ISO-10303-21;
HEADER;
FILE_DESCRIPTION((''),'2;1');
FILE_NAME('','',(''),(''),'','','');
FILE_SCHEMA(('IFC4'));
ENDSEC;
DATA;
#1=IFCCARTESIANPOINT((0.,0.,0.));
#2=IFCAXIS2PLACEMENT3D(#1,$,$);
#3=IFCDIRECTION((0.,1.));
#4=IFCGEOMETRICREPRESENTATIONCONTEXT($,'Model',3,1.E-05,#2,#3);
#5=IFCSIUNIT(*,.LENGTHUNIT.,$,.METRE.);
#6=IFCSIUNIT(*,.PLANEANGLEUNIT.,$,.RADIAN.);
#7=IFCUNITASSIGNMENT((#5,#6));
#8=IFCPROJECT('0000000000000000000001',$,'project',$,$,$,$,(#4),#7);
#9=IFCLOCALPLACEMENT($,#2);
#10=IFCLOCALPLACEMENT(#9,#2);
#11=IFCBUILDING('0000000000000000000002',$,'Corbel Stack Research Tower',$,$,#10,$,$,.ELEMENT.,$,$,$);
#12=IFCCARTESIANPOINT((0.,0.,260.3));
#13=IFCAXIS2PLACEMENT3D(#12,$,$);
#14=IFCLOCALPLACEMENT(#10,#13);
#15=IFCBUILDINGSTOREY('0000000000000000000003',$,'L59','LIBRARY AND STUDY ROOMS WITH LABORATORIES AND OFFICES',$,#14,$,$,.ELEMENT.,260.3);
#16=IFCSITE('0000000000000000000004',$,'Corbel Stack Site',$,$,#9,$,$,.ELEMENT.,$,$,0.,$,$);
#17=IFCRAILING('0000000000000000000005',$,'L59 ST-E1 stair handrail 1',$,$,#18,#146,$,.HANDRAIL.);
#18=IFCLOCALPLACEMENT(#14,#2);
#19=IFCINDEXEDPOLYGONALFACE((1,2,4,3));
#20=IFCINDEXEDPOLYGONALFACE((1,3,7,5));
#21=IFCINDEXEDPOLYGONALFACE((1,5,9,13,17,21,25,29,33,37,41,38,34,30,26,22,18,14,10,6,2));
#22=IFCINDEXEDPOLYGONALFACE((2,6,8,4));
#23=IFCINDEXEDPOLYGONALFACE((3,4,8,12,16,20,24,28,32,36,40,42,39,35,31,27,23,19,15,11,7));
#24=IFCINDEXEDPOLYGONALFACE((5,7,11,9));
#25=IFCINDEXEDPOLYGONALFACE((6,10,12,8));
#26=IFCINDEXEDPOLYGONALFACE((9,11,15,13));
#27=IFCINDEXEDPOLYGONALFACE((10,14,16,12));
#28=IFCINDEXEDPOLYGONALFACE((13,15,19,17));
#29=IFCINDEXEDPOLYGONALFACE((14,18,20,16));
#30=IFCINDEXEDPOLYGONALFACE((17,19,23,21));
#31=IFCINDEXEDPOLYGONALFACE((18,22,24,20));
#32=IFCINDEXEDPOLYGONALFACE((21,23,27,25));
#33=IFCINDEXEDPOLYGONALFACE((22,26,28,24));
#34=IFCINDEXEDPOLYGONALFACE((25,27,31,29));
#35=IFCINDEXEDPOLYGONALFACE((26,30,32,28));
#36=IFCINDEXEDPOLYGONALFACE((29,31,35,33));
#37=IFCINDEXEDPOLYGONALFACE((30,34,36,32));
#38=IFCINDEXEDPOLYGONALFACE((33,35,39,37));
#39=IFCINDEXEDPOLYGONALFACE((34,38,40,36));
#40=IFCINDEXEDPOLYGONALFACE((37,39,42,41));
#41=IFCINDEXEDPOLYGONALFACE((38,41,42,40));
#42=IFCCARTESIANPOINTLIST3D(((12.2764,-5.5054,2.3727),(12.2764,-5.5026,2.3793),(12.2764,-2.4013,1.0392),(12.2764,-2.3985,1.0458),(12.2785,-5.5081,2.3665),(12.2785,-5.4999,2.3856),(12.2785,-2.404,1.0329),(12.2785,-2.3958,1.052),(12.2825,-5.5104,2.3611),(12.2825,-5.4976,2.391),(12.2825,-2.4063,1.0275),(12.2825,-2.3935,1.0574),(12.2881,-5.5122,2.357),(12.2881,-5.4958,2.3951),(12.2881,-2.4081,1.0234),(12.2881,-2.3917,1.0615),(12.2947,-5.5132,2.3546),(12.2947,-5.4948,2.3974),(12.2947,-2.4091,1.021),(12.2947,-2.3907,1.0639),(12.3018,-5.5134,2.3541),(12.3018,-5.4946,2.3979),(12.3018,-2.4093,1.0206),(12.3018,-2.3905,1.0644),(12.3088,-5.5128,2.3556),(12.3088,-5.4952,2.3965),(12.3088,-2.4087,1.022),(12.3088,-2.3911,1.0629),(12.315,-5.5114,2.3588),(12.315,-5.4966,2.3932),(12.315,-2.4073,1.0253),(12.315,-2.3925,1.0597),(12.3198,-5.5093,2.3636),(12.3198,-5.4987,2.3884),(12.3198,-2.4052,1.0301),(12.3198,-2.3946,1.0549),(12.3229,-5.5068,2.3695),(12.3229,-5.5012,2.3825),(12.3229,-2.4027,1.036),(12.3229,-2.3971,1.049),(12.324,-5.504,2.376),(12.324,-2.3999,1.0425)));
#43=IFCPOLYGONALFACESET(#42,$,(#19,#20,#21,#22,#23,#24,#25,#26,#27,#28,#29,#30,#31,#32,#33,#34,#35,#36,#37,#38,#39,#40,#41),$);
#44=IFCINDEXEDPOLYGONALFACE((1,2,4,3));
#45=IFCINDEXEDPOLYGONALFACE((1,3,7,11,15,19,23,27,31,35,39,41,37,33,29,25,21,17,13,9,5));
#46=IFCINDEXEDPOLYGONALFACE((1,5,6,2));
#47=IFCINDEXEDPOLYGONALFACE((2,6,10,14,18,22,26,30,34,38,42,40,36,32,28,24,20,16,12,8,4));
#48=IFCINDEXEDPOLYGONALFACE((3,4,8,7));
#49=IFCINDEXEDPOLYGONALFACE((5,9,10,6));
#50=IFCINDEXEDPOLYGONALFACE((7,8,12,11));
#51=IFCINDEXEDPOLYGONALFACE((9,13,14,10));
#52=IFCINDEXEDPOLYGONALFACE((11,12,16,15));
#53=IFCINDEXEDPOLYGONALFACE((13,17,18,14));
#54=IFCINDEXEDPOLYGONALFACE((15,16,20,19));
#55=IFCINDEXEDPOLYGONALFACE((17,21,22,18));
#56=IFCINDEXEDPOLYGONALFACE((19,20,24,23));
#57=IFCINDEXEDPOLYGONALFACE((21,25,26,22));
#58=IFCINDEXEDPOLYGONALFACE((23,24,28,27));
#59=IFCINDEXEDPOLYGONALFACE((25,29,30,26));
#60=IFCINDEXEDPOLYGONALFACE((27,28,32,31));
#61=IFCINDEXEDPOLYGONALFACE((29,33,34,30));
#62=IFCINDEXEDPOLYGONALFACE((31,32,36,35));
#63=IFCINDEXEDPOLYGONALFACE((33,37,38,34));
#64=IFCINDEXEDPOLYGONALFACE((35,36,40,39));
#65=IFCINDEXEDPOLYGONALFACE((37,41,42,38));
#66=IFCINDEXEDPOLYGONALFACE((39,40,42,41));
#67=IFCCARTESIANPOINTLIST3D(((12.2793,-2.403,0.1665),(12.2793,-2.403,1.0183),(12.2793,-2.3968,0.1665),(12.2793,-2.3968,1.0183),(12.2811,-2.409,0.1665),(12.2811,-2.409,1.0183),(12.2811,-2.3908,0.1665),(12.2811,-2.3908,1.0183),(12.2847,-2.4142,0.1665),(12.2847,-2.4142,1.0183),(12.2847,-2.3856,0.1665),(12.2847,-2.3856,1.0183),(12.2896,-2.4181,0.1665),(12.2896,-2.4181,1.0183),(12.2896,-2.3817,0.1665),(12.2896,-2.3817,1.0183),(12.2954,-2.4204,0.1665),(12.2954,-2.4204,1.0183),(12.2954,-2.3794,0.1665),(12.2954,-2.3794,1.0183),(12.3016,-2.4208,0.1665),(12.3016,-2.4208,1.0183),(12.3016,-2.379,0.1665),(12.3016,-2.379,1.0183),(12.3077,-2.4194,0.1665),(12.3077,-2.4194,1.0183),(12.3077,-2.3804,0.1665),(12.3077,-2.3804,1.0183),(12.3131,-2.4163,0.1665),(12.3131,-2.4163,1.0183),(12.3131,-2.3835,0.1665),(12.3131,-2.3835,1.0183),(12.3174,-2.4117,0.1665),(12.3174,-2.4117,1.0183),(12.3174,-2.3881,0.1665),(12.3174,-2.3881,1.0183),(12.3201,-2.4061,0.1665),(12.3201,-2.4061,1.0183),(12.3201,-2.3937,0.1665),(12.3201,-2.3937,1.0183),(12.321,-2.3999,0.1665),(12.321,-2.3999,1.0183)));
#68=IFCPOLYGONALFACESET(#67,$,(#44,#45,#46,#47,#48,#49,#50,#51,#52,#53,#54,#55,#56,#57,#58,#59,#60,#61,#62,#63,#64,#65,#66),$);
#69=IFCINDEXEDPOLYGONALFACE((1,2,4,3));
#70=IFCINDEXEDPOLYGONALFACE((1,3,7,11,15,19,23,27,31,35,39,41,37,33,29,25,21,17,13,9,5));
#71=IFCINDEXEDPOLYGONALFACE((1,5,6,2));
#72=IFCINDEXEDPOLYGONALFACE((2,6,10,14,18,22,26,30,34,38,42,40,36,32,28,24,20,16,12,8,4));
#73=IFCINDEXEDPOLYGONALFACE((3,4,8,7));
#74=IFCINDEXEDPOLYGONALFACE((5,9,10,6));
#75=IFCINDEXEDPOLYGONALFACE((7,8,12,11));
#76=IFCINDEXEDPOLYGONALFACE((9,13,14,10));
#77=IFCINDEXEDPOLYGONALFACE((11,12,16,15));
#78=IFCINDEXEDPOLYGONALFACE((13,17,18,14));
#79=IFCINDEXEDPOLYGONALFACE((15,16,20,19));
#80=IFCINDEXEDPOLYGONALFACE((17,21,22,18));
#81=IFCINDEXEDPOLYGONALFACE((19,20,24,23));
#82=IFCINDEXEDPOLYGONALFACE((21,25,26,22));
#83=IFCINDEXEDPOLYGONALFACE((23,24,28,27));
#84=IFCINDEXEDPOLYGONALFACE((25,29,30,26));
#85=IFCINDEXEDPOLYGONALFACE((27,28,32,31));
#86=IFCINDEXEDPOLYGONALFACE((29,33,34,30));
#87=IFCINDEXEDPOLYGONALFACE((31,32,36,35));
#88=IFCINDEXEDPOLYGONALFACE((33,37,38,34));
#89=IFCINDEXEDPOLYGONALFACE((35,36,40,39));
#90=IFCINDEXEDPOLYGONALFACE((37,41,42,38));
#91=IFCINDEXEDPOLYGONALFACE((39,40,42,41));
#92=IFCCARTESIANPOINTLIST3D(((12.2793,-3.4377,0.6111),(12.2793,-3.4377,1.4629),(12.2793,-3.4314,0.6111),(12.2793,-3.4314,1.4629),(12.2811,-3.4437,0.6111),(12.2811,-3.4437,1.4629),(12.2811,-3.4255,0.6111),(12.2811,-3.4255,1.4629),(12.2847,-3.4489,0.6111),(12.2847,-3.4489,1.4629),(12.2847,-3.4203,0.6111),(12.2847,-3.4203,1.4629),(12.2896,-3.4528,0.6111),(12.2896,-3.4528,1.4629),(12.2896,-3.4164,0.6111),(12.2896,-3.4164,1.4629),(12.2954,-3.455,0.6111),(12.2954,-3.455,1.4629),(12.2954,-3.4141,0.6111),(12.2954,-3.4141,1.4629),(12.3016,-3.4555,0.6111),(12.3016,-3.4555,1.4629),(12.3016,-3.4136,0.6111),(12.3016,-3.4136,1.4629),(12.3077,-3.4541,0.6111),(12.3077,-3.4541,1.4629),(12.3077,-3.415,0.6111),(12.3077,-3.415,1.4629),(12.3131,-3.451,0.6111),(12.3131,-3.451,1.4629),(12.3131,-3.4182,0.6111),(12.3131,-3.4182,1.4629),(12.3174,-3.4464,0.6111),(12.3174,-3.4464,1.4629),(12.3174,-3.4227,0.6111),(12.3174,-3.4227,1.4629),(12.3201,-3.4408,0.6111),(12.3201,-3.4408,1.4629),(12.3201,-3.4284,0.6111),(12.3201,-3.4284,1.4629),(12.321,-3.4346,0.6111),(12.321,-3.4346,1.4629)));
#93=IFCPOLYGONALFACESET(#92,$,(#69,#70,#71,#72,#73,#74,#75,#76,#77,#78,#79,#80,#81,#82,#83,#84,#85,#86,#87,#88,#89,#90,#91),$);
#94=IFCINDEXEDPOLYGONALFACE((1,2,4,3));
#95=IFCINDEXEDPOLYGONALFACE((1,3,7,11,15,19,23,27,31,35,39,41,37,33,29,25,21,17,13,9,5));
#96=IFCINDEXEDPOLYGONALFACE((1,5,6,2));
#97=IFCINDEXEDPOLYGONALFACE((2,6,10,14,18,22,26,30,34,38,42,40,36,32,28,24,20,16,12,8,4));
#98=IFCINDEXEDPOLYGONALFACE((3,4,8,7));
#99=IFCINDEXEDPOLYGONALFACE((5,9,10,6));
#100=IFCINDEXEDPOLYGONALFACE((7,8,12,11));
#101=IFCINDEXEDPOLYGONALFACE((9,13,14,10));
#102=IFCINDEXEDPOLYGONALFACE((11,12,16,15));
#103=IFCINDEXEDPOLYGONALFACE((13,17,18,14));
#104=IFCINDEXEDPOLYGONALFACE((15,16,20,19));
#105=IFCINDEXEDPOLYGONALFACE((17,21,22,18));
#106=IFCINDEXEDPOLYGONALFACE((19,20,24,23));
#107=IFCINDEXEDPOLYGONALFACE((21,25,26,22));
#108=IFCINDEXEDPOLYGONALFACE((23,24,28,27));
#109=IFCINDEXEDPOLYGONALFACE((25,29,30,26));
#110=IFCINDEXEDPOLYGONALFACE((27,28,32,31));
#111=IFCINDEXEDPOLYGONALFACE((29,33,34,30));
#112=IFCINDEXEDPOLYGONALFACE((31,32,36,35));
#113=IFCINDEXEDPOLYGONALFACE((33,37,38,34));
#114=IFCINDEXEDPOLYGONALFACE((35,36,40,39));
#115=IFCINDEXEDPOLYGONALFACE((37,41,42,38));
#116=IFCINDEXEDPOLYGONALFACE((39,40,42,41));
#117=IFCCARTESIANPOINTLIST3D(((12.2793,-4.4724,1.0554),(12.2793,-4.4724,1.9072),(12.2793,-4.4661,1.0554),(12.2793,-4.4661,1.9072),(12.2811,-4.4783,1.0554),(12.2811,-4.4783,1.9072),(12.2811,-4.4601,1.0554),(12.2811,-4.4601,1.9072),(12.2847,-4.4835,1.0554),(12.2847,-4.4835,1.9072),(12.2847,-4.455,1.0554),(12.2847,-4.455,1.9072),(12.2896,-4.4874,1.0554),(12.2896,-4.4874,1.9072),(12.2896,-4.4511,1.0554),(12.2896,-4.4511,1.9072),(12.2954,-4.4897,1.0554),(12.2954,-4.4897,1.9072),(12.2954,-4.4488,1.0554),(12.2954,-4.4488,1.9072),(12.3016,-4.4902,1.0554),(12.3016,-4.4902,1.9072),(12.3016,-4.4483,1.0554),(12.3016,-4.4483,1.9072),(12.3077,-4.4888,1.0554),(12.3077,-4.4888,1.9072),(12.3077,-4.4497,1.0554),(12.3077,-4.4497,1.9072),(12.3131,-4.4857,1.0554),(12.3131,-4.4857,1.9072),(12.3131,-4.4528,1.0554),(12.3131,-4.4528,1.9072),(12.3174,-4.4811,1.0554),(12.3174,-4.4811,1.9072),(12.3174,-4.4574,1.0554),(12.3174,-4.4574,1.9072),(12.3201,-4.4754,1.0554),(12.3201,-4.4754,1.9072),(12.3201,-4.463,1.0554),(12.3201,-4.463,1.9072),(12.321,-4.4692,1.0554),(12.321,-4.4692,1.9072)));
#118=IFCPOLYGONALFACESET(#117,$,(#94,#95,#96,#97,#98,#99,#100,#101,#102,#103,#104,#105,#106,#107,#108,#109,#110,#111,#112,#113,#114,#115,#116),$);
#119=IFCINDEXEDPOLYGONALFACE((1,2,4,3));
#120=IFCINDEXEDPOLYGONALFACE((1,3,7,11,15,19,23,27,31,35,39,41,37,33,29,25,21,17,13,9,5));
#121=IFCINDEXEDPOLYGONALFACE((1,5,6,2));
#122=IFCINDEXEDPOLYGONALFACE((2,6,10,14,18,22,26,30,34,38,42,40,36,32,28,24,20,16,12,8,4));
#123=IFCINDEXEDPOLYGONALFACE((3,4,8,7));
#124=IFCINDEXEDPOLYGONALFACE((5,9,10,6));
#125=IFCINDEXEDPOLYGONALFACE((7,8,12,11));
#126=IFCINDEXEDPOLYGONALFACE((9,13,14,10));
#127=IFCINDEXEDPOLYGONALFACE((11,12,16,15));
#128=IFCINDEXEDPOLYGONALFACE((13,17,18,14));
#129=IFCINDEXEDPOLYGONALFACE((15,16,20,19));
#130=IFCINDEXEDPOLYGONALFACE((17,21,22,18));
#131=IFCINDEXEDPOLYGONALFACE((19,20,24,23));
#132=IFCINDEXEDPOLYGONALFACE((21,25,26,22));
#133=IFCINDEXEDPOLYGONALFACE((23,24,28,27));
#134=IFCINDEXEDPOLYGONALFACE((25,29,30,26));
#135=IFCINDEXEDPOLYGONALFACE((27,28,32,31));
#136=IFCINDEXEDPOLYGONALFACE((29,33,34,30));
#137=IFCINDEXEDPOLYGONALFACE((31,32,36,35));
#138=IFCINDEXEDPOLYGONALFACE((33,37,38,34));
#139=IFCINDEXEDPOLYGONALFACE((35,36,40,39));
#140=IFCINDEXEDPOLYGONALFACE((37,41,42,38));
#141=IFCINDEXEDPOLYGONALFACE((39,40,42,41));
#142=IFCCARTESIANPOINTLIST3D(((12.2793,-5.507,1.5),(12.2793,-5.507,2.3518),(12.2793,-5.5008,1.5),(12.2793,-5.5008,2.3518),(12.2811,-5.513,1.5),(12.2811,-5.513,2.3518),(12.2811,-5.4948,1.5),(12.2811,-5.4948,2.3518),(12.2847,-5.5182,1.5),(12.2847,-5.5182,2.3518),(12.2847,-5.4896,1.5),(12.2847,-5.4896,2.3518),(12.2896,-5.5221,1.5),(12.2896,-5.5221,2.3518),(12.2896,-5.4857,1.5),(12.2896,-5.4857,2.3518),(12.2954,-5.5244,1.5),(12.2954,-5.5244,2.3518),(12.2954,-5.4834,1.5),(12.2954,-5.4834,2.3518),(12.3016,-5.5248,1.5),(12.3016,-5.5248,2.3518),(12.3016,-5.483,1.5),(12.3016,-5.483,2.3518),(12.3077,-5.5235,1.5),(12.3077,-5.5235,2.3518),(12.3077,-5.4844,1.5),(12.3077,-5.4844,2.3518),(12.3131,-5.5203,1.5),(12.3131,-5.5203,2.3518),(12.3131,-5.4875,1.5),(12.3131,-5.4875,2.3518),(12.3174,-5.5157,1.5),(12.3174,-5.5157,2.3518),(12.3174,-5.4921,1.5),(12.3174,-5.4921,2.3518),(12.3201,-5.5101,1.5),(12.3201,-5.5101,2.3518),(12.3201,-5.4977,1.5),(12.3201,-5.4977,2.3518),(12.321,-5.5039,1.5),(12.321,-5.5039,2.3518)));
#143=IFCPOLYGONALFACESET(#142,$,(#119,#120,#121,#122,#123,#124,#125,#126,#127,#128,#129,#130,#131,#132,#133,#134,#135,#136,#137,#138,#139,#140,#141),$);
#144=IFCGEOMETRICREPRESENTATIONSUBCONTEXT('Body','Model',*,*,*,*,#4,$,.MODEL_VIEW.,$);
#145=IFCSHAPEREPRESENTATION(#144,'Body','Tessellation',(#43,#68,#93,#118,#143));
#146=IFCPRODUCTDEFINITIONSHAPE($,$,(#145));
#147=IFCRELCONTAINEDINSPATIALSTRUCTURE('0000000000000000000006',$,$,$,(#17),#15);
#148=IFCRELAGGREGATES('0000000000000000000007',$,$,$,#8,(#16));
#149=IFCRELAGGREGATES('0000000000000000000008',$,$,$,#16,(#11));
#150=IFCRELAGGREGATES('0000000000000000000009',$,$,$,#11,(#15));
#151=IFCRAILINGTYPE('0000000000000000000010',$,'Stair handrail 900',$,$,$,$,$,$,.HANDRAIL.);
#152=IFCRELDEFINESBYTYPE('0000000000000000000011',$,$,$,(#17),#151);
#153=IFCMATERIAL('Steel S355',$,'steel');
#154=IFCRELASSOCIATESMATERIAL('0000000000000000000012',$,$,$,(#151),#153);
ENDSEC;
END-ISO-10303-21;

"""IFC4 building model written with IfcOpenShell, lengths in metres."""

from ifc_helpers import new_model, si_unit, direction, frame, origin, origin_2d, place, context, subcontext, project, spatial, circle, extrude, material, type_object, element, save


model = new_model("IFC4")

# Units and contexts
model_context = context("Model", 3, precision=1e-05, world=origin(), true_north=direction((0.0, 1.0)))
body_context = subcontext(model_context, "Body", "Model", "MODEL_VIEW")
ifc_project = project(units=[si_unit("LENGTHUNIT", "METRE"), si_unit("PLANEANGLEUNIT", "RADIAN")], contexts=[model_context])

# Site, building, storey
site_placement = place(None, origin())
site = spatial("IfcSite", under=ifc_project, at=site_placement, Name="Corbel Stack Site", CompositionType="ELEMENT", RefElevation=0.0)
building_placement = place(site_placement, origin())
building = spatial("IfcBuilding", under=site, at=building_placement, Name="Corbel Stack Research Tower", CompositionType="ELEMENT")
storey_placement = place(building_placement, frame((0.0, 0.0, 260.3)))
storey = spatial("IfcBuildingStorey", under=building, at=storey_placement, Name="L59", Description="LIBRARY AND STUDY ROOMS WITH LABORATORIES AND OFFICES", CompositionType="ELEMENT", Elevation=260.3)

# Railing
ifc_material_1 = material(Name="Steel S355", Category="steel")
railing_type_1 = type_object("IfcRailingType", Name="Stair handrail 900", PredefinedType="HANDRAIL", material=ifc_material_1)
for number, where, name in (
    (1, (12.3, -2.3999, 0.1665), "L59 ST-E1 stair handrail 1"),
):
    element("IfcRailing", number, at=place(storey_placement, frame(where)), inside=storey, type_object=railing_type_1, Name=name, PredefinedType="HANDRAIL", context=body_context, shape_type="SweptSolid", body=[
        extrude(circle(Radius=0.0239, at=origin_2d()), frame((0.0, 0.0, 0.876), z_axis=(0.0, -0.918801, 0.394722), x_axis=(1.0, 0.0, 0.0)), (0.0, 0.0, 1.0), 3.3784),
        extrude(circle(Radius=0.021, at=origin_2d()), origin(), (0.0, 0.0, 1.0), 0.8518),
        extrude(circle(Radius=0.021, at=origin_2d()), frame((0.0, -1.0347, 0.4446)), (0.0, 0.0, 1.0), 0.8518),
        extrude(circle(Radius=0.021, at=origin_2d()), frame((0.0, -2.0693, 0.8889)), (0.0, 0.0, 1.0), 0.8518),
        extrude(circle(Radius=0.021, at=origin_2d()), frame((0.0, -3.104, 1.3335)), (0.0, 0.0, 1.0), 0.8518),
    ])

save(model, "model.ifc")
